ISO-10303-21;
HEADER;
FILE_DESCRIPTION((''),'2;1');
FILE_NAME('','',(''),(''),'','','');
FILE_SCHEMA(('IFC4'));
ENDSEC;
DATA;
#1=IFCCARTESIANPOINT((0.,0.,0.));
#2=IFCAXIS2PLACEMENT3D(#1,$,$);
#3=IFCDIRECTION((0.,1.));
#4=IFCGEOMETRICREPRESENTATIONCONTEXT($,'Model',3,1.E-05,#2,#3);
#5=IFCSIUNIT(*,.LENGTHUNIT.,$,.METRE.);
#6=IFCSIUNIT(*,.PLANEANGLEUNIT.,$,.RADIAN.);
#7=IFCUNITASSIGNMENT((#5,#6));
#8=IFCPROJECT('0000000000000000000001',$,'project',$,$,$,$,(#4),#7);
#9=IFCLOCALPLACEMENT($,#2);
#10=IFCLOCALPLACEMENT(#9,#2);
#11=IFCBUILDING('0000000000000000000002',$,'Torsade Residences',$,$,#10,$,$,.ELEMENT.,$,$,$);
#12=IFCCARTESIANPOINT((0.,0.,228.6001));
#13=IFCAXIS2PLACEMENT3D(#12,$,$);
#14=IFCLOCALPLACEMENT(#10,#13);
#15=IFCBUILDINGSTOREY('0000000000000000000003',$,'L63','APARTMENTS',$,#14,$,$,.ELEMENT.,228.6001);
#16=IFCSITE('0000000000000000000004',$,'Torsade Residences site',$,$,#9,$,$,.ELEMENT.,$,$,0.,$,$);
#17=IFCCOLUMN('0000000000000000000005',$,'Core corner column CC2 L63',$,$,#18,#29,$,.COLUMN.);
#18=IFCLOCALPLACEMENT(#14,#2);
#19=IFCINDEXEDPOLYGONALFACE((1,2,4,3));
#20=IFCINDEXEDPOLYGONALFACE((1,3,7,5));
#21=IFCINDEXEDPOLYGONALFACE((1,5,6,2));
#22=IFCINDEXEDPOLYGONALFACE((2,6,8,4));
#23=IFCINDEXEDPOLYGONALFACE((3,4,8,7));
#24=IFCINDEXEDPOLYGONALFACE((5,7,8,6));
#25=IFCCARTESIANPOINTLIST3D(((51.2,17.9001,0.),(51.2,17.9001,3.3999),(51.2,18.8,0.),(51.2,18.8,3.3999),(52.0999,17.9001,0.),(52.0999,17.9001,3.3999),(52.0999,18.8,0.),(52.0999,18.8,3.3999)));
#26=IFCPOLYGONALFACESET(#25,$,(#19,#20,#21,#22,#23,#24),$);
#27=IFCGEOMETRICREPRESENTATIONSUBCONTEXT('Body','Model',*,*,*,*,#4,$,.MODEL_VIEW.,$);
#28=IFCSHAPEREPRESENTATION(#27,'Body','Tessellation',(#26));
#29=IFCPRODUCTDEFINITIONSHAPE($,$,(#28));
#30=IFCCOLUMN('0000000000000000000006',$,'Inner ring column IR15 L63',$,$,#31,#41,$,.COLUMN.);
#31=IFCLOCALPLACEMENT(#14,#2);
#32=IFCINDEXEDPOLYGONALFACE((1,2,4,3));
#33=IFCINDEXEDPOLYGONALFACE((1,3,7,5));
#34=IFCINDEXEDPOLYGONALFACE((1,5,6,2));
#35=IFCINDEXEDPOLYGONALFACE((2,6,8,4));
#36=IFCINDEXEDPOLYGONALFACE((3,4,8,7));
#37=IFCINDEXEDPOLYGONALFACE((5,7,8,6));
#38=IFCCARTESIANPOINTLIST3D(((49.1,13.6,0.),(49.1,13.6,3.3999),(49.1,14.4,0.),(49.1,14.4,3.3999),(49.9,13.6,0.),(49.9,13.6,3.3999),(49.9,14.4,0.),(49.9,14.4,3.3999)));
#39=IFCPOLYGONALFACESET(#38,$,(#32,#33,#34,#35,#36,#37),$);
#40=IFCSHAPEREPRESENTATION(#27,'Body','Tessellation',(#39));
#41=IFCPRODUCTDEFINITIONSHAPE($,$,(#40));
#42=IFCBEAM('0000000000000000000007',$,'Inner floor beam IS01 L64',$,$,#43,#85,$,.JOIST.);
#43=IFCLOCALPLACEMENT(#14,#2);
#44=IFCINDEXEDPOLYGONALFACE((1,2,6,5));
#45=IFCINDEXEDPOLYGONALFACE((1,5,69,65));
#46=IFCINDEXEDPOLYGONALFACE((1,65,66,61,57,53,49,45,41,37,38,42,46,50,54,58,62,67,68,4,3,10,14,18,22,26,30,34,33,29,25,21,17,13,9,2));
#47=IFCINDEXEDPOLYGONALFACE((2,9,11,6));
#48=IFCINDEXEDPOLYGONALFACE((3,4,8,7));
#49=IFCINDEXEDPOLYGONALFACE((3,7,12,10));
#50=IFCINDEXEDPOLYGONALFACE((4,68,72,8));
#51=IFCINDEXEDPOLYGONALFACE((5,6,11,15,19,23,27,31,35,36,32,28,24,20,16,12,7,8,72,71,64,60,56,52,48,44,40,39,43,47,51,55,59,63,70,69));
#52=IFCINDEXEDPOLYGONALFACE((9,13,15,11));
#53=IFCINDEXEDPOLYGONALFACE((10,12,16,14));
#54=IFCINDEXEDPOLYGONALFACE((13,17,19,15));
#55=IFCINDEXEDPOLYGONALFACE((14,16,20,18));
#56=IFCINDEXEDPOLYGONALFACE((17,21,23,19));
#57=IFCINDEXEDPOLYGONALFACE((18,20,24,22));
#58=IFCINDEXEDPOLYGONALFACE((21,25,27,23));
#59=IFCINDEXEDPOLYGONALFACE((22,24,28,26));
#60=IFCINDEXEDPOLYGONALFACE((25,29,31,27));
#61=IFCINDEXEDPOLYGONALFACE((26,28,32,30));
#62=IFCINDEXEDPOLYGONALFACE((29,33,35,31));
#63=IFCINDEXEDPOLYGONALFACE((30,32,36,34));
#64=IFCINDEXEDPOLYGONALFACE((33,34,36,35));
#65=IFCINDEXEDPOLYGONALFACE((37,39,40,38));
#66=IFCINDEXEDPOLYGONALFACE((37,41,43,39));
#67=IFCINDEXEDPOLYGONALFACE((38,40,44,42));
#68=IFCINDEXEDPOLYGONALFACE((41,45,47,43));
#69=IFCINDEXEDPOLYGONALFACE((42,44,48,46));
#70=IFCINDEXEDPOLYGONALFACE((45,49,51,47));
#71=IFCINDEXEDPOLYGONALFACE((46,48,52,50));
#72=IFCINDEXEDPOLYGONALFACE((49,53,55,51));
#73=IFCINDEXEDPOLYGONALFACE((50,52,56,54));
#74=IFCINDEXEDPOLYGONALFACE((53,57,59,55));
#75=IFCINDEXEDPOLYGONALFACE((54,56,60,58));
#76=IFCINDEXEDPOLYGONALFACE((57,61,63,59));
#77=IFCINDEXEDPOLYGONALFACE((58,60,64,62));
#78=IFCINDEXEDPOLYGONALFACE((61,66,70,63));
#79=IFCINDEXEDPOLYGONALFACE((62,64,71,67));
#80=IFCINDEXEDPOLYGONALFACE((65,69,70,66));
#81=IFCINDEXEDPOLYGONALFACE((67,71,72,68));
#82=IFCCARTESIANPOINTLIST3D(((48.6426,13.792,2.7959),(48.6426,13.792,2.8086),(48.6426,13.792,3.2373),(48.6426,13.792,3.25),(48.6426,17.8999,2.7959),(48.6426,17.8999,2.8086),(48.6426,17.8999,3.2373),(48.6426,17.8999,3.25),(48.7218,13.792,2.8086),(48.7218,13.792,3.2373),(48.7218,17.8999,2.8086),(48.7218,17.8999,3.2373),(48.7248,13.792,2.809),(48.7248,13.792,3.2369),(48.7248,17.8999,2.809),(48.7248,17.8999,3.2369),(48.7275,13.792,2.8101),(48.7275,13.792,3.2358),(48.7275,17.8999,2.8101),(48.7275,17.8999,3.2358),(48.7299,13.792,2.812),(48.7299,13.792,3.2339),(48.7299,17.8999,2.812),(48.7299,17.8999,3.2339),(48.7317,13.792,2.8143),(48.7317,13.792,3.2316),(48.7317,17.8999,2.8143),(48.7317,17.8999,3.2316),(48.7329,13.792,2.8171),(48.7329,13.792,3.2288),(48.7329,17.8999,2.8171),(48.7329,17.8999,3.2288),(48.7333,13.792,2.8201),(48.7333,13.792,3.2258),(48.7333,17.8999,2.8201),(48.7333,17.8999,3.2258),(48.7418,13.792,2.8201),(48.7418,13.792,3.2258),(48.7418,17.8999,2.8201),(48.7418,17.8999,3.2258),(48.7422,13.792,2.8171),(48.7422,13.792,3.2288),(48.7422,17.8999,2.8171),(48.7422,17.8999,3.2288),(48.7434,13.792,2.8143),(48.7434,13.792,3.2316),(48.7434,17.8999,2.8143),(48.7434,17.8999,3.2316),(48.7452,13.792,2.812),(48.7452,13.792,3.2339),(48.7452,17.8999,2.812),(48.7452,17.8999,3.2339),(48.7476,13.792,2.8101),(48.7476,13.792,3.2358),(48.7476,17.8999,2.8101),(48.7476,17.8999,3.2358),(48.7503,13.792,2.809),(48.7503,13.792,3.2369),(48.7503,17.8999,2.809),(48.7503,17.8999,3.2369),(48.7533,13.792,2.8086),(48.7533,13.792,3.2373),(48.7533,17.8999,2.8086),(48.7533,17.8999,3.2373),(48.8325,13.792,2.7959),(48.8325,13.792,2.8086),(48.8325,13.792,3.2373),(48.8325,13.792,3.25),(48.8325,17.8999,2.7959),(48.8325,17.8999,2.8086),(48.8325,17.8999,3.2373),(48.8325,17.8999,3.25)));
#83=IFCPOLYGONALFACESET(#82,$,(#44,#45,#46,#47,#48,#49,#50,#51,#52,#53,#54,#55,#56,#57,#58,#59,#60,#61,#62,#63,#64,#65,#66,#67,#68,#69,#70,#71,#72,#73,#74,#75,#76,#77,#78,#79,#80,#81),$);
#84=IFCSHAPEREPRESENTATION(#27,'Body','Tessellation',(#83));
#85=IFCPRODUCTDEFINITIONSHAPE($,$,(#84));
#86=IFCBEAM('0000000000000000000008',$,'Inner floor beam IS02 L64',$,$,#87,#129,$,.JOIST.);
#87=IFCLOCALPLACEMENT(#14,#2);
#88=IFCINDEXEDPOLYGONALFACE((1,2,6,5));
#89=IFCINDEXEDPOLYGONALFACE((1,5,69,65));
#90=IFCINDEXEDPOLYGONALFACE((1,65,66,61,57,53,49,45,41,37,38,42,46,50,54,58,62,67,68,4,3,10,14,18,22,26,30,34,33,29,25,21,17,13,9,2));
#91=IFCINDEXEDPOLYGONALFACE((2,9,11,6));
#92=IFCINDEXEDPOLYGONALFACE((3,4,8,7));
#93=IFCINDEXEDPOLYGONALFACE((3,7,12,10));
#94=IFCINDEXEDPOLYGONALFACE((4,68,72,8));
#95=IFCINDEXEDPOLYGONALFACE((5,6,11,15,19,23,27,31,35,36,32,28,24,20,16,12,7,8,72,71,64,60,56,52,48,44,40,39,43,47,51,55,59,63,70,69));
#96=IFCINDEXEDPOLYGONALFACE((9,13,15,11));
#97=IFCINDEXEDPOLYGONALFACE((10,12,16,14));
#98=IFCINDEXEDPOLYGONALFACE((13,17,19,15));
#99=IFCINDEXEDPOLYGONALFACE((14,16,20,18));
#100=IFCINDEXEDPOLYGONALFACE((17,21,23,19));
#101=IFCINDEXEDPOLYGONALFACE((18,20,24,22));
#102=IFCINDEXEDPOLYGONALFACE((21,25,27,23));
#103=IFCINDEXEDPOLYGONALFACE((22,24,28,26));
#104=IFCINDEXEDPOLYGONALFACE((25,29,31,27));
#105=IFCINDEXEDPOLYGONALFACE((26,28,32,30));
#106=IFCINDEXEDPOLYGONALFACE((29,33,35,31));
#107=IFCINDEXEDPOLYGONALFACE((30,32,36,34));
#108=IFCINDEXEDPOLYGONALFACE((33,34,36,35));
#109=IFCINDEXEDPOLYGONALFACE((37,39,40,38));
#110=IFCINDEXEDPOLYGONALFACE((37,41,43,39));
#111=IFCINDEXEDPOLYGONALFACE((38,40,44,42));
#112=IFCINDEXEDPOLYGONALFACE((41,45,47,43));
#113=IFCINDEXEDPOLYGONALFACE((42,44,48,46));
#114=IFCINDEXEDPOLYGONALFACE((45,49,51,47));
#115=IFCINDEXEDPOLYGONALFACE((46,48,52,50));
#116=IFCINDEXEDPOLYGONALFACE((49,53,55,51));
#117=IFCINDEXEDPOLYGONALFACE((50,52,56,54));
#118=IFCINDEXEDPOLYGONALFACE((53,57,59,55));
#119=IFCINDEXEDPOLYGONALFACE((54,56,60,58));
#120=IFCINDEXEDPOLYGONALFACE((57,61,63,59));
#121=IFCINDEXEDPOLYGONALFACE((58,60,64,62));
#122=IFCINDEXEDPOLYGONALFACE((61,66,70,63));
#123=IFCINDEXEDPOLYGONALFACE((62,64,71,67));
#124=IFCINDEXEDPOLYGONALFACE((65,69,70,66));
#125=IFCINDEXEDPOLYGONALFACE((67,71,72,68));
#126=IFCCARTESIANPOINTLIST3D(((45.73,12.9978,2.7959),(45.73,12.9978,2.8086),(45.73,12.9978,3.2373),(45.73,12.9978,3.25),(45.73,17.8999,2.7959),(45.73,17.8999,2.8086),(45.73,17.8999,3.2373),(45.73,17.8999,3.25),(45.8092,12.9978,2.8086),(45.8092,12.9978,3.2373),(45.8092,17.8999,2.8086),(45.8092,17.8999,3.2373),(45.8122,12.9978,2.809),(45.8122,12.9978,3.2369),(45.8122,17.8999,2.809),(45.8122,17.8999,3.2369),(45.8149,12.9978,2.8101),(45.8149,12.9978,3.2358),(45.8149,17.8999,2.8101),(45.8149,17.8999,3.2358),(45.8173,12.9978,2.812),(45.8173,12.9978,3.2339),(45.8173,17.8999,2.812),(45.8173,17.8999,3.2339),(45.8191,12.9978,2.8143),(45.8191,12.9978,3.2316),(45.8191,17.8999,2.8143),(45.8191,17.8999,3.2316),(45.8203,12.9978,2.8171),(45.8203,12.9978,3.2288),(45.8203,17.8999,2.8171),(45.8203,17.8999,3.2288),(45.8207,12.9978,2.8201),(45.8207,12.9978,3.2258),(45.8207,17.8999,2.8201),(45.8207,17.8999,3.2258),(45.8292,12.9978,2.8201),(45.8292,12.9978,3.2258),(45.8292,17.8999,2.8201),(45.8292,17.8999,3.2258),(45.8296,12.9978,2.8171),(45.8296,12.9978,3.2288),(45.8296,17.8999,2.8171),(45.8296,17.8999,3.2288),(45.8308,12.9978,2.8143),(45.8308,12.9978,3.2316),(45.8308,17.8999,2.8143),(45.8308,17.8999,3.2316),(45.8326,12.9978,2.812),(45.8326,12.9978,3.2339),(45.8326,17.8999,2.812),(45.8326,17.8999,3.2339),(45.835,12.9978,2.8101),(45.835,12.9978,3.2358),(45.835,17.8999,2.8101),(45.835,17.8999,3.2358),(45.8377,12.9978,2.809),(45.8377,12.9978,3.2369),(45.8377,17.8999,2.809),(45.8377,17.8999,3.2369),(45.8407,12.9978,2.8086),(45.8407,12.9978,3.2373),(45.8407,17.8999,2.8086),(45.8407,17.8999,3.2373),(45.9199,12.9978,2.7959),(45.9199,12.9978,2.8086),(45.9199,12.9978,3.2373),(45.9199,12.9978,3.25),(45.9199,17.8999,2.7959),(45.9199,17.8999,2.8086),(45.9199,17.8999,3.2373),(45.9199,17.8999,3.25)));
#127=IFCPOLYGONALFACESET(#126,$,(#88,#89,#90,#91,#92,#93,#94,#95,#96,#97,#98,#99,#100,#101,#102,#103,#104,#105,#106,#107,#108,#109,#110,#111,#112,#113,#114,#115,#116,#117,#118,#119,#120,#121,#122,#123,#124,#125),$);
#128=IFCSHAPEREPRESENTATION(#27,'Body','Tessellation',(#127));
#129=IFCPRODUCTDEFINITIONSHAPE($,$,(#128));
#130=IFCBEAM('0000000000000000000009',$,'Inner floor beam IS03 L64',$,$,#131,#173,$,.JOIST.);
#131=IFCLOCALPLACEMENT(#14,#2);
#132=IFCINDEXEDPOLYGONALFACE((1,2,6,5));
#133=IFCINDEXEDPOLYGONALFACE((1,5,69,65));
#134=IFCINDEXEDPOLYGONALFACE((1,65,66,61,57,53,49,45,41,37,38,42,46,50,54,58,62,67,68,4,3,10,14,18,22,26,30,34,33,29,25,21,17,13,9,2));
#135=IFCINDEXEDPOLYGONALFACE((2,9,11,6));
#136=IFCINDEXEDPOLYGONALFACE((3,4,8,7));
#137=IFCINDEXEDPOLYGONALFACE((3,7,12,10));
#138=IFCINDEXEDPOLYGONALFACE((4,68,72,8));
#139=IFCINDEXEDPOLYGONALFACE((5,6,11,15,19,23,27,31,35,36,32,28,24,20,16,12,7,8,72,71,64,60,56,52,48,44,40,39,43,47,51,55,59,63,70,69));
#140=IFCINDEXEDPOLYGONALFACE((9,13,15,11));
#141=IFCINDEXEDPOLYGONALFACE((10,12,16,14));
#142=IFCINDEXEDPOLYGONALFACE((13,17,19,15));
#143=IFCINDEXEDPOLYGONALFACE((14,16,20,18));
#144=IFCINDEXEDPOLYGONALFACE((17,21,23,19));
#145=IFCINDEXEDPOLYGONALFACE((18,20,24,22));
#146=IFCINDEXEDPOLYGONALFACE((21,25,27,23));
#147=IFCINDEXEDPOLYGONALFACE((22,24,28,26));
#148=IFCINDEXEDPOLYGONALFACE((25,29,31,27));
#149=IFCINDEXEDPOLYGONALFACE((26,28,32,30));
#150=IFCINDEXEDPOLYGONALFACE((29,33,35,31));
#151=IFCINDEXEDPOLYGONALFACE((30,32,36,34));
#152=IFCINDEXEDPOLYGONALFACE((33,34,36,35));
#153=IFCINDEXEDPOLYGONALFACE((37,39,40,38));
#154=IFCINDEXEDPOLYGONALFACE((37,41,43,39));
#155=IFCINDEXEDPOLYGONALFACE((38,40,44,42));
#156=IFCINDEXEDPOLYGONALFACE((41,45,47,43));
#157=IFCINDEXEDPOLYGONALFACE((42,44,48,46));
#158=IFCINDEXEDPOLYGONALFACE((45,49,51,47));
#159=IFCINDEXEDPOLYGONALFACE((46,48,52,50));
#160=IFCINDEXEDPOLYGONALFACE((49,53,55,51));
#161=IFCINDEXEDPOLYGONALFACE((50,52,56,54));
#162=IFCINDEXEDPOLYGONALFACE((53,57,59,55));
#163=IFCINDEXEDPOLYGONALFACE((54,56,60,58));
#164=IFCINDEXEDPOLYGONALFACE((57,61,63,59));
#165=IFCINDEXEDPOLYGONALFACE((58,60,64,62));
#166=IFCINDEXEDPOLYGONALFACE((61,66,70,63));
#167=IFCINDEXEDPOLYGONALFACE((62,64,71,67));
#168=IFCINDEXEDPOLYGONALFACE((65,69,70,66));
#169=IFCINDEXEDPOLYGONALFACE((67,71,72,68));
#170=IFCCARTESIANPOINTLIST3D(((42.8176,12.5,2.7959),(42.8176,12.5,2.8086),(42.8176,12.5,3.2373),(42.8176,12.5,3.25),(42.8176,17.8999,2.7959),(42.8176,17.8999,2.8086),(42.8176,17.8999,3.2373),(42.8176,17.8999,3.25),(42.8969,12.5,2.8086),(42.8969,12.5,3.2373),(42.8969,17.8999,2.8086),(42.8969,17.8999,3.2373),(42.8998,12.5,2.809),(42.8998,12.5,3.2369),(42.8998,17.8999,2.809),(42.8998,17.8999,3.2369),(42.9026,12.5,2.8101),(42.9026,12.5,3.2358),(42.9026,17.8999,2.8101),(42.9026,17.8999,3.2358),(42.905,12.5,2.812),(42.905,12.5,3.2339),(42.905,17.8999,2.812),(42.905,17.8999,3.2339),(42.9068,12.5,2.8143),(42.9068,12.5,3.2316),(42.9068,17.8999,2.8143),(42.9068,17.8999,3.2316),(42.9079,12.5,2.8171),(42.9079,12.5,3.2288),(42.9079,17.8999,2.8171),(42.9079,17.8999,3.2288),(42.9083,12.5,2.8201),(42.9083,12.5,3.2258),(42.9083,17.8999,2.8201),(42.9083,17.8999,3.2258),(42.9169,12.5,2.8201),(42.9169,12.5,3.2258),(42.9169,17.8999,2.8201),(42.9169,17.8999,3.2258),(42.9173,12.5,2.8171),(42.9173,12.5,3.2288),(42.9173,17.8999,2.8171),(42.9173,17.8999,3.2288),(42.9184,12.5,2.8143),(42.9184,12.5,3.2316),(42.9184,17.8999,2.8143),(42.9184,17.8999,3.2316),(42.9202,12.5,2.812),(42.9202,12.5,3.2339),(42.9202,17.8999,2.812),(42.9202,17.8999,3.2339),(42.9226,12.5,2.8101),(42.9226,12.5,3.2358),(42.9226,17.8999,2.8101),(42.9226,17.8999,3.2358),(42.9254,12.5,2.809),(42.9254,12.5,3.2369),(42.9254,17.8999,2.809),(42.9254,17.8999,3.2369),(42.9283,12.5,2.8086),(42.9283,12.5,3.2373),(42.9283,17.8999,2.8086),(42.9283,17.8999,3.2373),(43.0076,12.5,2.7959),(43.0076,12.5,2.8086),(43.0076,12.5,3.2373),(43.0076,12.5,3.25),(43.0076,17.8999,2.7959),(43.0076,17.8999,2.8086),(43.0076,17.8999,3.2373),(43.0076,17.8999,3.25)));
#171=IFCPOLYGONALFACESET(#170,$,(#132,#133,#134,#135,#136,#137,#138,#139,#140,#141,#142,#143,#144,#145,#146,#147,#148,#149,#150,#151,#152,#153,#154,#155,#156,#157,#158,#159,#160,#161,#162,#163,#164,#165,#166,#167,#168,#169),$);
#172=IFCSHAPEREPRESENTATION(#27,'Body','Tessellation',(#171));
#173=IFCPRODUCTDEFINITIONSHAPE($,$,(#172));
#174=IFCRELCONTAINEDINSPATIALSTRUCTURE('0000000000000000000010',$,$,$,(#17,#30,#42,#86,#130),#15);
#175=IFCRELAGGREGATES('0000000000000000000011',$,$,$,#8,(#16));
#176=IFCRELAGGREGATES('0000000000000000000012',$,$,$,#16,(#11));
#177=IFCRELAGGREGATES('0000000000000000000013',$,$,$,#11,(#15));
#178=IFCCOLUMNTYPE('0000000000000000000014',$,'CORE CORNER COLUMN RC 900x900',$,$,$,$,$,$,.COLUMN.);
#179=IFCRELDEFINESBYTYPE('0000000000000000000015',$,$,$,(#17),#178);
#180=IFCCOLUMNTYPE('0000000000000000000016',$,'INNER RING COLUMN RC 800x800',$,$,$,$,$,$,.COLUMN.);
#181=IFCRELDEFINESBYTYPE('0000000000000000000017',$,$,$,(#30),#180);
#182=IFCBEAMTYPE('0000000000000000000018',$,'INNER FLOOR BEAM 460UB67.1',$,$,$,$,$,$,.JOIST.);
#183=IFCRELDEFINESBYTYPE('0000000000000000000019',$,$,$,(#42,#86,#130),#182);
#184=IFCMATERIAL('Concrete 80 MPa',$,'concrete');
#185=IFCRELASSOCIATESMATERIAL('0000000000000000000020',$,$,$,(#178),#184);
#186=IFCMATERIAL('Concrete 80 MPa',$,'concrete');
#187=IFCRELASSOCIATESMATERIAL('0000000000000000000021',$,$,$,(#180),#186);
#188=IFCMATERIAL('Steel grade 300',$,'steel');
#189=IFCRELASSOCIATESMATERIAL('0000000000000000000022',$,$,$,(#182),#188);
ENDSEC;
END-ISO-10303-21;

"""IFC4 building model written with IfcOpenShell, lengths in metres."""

from ifc_helpers import new_model, si_unit, direction, frame, origin, origin_2d, place, context, subcontext, project, spatial, rectangle, i_section, extrude, material, material_profile, profile_set, type_object, element, save


model = new_model("IFC4")

# Units and contexts
model_context = context("Model", 3, precision=1e-05, world=origin(), true_north=direction((0.0, 1.0)))
body_context = subcontext(model_context, "Body", "Model", "MODEL_VIEW")
ifc_project = project(units=[si_unit("LENGTHUNIT", "METRE"), si_unit("PLANEANGLEUNIT", "RADIAN")], contexts=[model_context])

# Site, building, storey
site_placement = place(None, origin())
site = spatial("IfcSite", under=ifc_project, at=site_placement, Name="Torsade Residences site", CompositionType="ELEMENT", RefElevation=0.0)
building_placement = place(site_placement, origin())
building = spatial("IfcBuilding", under=site, at=building_placement, Name="Torsade Residences", CompositionType="ELEMENT")
storey_placement = place(building_placement, frame((0.0, 0.0, 228.6001)))
storey = spatial("IfcBuildingStorey", under=building, at=storey_placement, Name="L63", Description="APARTMENTS", CompositionType="ELEMENT", Elevation=228.6001)

# Columns
ifc_material_1 = material(Name="Concrete 80 MPa", Category="concrete")
ifc_material_profile_1 = material_profile(ifc_material_1, rectangle(XDim=0.8999, YDim=0.8999, at=origin_2d()), Name="RC 900x900")
ifc_profile_set_1 = profile_set([ifc_material_profile_1], Name="Concrete 80 MPa")
column_type_1 = type_object("IfcColumnType", Name="CORE CORNER COLUMN RC 900x900", PredefinedType="COLUMN", material=ifc_profile_set_1)
column_1_placement = place(storey_placement, frame((51.6499, 18.3501, 0.0), z_axis=(0.0, 0.0, 1.0), x_axis=(1.0, 0.0, 0.0)))
element("IfcColumn", 1, at=column_1_placement, inside=storey, type_object=column_type_1, Name="Core corner column CC2 L63", PredefinedType="COLUMN", context=body_context, shape_type="SweptSolid", body=[
    extrude(rectangle(XDim=0.8999, YDim=0.8999, at=origin_2d()), origin(), (0.0, 0.0, 1.0), 3.3999),
])
ifc_material_2 = material(Name="Concrete 80 MPa", Category="concrete")
ifc_material_profile_2 = material_profile(ifc_material_2, rectangle(XDim=0.8, YDim=0.8, at=origin_2d()), Name="RC 800x800")
ifc_profile_set_2 = profile_set([ifc_material_profile_2], Name="Concrete 80 MPa")
column_type_2 = type_object("IfcColumnType", Name="INNER RING COLUMN RC 800x800", PredefinedType="COLUMN", material=ifc_profile_set_2)
column_2_placement = place(storey_placement, frame((49.5, 14.0, 0.0), z_axis=(0.0, 0.0, 1.0), x_axis=(1.0, 0.0, 0.0)))
element("IfcColumn", 2, at=column_2_placement, inside=storey, type_object=column_type_2, Name="Inner ring column IR15 L63", PredefinedType="COLUMN", context=body_context, shape_type="SweptSolid", body=[
    extrude(rectangle(XDim=0.8, YDim=0.8, at=origin_2d()), origin(), (0.0, 0.0, 1.0), 3.3999),
])

# Beams
ifc_material_3 = material(Name="Steel grade 300", Category="steel")
ifc_material_profile_3 = material_profile(ifc_material_3, i_section(OverallWidth=0.1899, OverallDepth=0.4541, WebThickness=0.0085, FlangeThickness=0.0127, FilletRadius=0.0115, at=origin_2d()), Name="460UB67.1")
ifc_profile_set_3 = profile_set([ifc_material_profile_3], Name="Steel grade 300")
beam_type_1 = type_object("IfcBeamType", Name="INNER FLOOR BEAM 460UB67.1", PredefinedType="JOIST", material=ifc_profile_set_3)
beam_1_placement = place(storey_placement, frame((48.7375, 17.8999, 3.0229), z_axis=(0.0, -1.0, 0.0), x_axis=(1.0, 0.0, 0.0)))
element("IfcBeam", 3, at=beam_1_placement, inside=storey, type_object=beam_type_1, Name="Inner floor beam IS01 L64", PredefinedType="JOIST", context=body_context, shape_type="SweptSolid", body=[
    extrude(i_section(OverallWidth=0.1899, OverallDepth=0.4541, WebThickness=0.0085, FlangeThickness=0.0127, FilletRadius=0.0115, at=origin_2d()), origin(), (0.0, 0.0, 1.0), 4.1079),
])
beam_2_placement = place(storey_placement, frame((45.825, 17.8999, 3.0229), z_axis=(0.0, -1.0, 0.0), x_axis=(1.0, 0.0, 0.0)))
element("IfcBeam", 4, at=beam_2_placement, inside=storey, type_object=beam_type_1, Name="Inner floor beam IS02 L64", PredefinedType="JOIST", context=body_context, shape_type="SweptSolid", body=[
    extrude(i_section(OverallWidth=0.1899, OverallDepth=0.4541, WebThickness=0.0085, FlangeThickness=0.0127, FilletRadius=0.0115, at=origin_2d()), origin(), (0.0, 0.0, 1.0), 4.9021),
])
for number, where, z_axis, x_axis, name in (
    (5, (42.9126, 17.8999, 3.0229), (0.0, -1.0, 0.0), (1.0, 0.0, 0.0), "Inner floor beam IS03 L64"),
):
    element("IfcBeam", number, at=place(storey_placement, frame(where, z_axis=z_axis, x_axis=x_axis)), inside=storey, type_object=beam_type_1, Name=name, PredefinedType="JOIST", context=body_context, shape_type="SweptSolid", body=[
        extrude(i_section(OverallWidth=0.1899, OverallDepth=0.4541, WebThickness=0.0085, FlangeThickness=0.0127, FilletRadius=0.0115, at=origin_2d()), origin(), (0.0, 0.0, 1.0), 5.3999),
    ])

save(model, "model.ifc")
